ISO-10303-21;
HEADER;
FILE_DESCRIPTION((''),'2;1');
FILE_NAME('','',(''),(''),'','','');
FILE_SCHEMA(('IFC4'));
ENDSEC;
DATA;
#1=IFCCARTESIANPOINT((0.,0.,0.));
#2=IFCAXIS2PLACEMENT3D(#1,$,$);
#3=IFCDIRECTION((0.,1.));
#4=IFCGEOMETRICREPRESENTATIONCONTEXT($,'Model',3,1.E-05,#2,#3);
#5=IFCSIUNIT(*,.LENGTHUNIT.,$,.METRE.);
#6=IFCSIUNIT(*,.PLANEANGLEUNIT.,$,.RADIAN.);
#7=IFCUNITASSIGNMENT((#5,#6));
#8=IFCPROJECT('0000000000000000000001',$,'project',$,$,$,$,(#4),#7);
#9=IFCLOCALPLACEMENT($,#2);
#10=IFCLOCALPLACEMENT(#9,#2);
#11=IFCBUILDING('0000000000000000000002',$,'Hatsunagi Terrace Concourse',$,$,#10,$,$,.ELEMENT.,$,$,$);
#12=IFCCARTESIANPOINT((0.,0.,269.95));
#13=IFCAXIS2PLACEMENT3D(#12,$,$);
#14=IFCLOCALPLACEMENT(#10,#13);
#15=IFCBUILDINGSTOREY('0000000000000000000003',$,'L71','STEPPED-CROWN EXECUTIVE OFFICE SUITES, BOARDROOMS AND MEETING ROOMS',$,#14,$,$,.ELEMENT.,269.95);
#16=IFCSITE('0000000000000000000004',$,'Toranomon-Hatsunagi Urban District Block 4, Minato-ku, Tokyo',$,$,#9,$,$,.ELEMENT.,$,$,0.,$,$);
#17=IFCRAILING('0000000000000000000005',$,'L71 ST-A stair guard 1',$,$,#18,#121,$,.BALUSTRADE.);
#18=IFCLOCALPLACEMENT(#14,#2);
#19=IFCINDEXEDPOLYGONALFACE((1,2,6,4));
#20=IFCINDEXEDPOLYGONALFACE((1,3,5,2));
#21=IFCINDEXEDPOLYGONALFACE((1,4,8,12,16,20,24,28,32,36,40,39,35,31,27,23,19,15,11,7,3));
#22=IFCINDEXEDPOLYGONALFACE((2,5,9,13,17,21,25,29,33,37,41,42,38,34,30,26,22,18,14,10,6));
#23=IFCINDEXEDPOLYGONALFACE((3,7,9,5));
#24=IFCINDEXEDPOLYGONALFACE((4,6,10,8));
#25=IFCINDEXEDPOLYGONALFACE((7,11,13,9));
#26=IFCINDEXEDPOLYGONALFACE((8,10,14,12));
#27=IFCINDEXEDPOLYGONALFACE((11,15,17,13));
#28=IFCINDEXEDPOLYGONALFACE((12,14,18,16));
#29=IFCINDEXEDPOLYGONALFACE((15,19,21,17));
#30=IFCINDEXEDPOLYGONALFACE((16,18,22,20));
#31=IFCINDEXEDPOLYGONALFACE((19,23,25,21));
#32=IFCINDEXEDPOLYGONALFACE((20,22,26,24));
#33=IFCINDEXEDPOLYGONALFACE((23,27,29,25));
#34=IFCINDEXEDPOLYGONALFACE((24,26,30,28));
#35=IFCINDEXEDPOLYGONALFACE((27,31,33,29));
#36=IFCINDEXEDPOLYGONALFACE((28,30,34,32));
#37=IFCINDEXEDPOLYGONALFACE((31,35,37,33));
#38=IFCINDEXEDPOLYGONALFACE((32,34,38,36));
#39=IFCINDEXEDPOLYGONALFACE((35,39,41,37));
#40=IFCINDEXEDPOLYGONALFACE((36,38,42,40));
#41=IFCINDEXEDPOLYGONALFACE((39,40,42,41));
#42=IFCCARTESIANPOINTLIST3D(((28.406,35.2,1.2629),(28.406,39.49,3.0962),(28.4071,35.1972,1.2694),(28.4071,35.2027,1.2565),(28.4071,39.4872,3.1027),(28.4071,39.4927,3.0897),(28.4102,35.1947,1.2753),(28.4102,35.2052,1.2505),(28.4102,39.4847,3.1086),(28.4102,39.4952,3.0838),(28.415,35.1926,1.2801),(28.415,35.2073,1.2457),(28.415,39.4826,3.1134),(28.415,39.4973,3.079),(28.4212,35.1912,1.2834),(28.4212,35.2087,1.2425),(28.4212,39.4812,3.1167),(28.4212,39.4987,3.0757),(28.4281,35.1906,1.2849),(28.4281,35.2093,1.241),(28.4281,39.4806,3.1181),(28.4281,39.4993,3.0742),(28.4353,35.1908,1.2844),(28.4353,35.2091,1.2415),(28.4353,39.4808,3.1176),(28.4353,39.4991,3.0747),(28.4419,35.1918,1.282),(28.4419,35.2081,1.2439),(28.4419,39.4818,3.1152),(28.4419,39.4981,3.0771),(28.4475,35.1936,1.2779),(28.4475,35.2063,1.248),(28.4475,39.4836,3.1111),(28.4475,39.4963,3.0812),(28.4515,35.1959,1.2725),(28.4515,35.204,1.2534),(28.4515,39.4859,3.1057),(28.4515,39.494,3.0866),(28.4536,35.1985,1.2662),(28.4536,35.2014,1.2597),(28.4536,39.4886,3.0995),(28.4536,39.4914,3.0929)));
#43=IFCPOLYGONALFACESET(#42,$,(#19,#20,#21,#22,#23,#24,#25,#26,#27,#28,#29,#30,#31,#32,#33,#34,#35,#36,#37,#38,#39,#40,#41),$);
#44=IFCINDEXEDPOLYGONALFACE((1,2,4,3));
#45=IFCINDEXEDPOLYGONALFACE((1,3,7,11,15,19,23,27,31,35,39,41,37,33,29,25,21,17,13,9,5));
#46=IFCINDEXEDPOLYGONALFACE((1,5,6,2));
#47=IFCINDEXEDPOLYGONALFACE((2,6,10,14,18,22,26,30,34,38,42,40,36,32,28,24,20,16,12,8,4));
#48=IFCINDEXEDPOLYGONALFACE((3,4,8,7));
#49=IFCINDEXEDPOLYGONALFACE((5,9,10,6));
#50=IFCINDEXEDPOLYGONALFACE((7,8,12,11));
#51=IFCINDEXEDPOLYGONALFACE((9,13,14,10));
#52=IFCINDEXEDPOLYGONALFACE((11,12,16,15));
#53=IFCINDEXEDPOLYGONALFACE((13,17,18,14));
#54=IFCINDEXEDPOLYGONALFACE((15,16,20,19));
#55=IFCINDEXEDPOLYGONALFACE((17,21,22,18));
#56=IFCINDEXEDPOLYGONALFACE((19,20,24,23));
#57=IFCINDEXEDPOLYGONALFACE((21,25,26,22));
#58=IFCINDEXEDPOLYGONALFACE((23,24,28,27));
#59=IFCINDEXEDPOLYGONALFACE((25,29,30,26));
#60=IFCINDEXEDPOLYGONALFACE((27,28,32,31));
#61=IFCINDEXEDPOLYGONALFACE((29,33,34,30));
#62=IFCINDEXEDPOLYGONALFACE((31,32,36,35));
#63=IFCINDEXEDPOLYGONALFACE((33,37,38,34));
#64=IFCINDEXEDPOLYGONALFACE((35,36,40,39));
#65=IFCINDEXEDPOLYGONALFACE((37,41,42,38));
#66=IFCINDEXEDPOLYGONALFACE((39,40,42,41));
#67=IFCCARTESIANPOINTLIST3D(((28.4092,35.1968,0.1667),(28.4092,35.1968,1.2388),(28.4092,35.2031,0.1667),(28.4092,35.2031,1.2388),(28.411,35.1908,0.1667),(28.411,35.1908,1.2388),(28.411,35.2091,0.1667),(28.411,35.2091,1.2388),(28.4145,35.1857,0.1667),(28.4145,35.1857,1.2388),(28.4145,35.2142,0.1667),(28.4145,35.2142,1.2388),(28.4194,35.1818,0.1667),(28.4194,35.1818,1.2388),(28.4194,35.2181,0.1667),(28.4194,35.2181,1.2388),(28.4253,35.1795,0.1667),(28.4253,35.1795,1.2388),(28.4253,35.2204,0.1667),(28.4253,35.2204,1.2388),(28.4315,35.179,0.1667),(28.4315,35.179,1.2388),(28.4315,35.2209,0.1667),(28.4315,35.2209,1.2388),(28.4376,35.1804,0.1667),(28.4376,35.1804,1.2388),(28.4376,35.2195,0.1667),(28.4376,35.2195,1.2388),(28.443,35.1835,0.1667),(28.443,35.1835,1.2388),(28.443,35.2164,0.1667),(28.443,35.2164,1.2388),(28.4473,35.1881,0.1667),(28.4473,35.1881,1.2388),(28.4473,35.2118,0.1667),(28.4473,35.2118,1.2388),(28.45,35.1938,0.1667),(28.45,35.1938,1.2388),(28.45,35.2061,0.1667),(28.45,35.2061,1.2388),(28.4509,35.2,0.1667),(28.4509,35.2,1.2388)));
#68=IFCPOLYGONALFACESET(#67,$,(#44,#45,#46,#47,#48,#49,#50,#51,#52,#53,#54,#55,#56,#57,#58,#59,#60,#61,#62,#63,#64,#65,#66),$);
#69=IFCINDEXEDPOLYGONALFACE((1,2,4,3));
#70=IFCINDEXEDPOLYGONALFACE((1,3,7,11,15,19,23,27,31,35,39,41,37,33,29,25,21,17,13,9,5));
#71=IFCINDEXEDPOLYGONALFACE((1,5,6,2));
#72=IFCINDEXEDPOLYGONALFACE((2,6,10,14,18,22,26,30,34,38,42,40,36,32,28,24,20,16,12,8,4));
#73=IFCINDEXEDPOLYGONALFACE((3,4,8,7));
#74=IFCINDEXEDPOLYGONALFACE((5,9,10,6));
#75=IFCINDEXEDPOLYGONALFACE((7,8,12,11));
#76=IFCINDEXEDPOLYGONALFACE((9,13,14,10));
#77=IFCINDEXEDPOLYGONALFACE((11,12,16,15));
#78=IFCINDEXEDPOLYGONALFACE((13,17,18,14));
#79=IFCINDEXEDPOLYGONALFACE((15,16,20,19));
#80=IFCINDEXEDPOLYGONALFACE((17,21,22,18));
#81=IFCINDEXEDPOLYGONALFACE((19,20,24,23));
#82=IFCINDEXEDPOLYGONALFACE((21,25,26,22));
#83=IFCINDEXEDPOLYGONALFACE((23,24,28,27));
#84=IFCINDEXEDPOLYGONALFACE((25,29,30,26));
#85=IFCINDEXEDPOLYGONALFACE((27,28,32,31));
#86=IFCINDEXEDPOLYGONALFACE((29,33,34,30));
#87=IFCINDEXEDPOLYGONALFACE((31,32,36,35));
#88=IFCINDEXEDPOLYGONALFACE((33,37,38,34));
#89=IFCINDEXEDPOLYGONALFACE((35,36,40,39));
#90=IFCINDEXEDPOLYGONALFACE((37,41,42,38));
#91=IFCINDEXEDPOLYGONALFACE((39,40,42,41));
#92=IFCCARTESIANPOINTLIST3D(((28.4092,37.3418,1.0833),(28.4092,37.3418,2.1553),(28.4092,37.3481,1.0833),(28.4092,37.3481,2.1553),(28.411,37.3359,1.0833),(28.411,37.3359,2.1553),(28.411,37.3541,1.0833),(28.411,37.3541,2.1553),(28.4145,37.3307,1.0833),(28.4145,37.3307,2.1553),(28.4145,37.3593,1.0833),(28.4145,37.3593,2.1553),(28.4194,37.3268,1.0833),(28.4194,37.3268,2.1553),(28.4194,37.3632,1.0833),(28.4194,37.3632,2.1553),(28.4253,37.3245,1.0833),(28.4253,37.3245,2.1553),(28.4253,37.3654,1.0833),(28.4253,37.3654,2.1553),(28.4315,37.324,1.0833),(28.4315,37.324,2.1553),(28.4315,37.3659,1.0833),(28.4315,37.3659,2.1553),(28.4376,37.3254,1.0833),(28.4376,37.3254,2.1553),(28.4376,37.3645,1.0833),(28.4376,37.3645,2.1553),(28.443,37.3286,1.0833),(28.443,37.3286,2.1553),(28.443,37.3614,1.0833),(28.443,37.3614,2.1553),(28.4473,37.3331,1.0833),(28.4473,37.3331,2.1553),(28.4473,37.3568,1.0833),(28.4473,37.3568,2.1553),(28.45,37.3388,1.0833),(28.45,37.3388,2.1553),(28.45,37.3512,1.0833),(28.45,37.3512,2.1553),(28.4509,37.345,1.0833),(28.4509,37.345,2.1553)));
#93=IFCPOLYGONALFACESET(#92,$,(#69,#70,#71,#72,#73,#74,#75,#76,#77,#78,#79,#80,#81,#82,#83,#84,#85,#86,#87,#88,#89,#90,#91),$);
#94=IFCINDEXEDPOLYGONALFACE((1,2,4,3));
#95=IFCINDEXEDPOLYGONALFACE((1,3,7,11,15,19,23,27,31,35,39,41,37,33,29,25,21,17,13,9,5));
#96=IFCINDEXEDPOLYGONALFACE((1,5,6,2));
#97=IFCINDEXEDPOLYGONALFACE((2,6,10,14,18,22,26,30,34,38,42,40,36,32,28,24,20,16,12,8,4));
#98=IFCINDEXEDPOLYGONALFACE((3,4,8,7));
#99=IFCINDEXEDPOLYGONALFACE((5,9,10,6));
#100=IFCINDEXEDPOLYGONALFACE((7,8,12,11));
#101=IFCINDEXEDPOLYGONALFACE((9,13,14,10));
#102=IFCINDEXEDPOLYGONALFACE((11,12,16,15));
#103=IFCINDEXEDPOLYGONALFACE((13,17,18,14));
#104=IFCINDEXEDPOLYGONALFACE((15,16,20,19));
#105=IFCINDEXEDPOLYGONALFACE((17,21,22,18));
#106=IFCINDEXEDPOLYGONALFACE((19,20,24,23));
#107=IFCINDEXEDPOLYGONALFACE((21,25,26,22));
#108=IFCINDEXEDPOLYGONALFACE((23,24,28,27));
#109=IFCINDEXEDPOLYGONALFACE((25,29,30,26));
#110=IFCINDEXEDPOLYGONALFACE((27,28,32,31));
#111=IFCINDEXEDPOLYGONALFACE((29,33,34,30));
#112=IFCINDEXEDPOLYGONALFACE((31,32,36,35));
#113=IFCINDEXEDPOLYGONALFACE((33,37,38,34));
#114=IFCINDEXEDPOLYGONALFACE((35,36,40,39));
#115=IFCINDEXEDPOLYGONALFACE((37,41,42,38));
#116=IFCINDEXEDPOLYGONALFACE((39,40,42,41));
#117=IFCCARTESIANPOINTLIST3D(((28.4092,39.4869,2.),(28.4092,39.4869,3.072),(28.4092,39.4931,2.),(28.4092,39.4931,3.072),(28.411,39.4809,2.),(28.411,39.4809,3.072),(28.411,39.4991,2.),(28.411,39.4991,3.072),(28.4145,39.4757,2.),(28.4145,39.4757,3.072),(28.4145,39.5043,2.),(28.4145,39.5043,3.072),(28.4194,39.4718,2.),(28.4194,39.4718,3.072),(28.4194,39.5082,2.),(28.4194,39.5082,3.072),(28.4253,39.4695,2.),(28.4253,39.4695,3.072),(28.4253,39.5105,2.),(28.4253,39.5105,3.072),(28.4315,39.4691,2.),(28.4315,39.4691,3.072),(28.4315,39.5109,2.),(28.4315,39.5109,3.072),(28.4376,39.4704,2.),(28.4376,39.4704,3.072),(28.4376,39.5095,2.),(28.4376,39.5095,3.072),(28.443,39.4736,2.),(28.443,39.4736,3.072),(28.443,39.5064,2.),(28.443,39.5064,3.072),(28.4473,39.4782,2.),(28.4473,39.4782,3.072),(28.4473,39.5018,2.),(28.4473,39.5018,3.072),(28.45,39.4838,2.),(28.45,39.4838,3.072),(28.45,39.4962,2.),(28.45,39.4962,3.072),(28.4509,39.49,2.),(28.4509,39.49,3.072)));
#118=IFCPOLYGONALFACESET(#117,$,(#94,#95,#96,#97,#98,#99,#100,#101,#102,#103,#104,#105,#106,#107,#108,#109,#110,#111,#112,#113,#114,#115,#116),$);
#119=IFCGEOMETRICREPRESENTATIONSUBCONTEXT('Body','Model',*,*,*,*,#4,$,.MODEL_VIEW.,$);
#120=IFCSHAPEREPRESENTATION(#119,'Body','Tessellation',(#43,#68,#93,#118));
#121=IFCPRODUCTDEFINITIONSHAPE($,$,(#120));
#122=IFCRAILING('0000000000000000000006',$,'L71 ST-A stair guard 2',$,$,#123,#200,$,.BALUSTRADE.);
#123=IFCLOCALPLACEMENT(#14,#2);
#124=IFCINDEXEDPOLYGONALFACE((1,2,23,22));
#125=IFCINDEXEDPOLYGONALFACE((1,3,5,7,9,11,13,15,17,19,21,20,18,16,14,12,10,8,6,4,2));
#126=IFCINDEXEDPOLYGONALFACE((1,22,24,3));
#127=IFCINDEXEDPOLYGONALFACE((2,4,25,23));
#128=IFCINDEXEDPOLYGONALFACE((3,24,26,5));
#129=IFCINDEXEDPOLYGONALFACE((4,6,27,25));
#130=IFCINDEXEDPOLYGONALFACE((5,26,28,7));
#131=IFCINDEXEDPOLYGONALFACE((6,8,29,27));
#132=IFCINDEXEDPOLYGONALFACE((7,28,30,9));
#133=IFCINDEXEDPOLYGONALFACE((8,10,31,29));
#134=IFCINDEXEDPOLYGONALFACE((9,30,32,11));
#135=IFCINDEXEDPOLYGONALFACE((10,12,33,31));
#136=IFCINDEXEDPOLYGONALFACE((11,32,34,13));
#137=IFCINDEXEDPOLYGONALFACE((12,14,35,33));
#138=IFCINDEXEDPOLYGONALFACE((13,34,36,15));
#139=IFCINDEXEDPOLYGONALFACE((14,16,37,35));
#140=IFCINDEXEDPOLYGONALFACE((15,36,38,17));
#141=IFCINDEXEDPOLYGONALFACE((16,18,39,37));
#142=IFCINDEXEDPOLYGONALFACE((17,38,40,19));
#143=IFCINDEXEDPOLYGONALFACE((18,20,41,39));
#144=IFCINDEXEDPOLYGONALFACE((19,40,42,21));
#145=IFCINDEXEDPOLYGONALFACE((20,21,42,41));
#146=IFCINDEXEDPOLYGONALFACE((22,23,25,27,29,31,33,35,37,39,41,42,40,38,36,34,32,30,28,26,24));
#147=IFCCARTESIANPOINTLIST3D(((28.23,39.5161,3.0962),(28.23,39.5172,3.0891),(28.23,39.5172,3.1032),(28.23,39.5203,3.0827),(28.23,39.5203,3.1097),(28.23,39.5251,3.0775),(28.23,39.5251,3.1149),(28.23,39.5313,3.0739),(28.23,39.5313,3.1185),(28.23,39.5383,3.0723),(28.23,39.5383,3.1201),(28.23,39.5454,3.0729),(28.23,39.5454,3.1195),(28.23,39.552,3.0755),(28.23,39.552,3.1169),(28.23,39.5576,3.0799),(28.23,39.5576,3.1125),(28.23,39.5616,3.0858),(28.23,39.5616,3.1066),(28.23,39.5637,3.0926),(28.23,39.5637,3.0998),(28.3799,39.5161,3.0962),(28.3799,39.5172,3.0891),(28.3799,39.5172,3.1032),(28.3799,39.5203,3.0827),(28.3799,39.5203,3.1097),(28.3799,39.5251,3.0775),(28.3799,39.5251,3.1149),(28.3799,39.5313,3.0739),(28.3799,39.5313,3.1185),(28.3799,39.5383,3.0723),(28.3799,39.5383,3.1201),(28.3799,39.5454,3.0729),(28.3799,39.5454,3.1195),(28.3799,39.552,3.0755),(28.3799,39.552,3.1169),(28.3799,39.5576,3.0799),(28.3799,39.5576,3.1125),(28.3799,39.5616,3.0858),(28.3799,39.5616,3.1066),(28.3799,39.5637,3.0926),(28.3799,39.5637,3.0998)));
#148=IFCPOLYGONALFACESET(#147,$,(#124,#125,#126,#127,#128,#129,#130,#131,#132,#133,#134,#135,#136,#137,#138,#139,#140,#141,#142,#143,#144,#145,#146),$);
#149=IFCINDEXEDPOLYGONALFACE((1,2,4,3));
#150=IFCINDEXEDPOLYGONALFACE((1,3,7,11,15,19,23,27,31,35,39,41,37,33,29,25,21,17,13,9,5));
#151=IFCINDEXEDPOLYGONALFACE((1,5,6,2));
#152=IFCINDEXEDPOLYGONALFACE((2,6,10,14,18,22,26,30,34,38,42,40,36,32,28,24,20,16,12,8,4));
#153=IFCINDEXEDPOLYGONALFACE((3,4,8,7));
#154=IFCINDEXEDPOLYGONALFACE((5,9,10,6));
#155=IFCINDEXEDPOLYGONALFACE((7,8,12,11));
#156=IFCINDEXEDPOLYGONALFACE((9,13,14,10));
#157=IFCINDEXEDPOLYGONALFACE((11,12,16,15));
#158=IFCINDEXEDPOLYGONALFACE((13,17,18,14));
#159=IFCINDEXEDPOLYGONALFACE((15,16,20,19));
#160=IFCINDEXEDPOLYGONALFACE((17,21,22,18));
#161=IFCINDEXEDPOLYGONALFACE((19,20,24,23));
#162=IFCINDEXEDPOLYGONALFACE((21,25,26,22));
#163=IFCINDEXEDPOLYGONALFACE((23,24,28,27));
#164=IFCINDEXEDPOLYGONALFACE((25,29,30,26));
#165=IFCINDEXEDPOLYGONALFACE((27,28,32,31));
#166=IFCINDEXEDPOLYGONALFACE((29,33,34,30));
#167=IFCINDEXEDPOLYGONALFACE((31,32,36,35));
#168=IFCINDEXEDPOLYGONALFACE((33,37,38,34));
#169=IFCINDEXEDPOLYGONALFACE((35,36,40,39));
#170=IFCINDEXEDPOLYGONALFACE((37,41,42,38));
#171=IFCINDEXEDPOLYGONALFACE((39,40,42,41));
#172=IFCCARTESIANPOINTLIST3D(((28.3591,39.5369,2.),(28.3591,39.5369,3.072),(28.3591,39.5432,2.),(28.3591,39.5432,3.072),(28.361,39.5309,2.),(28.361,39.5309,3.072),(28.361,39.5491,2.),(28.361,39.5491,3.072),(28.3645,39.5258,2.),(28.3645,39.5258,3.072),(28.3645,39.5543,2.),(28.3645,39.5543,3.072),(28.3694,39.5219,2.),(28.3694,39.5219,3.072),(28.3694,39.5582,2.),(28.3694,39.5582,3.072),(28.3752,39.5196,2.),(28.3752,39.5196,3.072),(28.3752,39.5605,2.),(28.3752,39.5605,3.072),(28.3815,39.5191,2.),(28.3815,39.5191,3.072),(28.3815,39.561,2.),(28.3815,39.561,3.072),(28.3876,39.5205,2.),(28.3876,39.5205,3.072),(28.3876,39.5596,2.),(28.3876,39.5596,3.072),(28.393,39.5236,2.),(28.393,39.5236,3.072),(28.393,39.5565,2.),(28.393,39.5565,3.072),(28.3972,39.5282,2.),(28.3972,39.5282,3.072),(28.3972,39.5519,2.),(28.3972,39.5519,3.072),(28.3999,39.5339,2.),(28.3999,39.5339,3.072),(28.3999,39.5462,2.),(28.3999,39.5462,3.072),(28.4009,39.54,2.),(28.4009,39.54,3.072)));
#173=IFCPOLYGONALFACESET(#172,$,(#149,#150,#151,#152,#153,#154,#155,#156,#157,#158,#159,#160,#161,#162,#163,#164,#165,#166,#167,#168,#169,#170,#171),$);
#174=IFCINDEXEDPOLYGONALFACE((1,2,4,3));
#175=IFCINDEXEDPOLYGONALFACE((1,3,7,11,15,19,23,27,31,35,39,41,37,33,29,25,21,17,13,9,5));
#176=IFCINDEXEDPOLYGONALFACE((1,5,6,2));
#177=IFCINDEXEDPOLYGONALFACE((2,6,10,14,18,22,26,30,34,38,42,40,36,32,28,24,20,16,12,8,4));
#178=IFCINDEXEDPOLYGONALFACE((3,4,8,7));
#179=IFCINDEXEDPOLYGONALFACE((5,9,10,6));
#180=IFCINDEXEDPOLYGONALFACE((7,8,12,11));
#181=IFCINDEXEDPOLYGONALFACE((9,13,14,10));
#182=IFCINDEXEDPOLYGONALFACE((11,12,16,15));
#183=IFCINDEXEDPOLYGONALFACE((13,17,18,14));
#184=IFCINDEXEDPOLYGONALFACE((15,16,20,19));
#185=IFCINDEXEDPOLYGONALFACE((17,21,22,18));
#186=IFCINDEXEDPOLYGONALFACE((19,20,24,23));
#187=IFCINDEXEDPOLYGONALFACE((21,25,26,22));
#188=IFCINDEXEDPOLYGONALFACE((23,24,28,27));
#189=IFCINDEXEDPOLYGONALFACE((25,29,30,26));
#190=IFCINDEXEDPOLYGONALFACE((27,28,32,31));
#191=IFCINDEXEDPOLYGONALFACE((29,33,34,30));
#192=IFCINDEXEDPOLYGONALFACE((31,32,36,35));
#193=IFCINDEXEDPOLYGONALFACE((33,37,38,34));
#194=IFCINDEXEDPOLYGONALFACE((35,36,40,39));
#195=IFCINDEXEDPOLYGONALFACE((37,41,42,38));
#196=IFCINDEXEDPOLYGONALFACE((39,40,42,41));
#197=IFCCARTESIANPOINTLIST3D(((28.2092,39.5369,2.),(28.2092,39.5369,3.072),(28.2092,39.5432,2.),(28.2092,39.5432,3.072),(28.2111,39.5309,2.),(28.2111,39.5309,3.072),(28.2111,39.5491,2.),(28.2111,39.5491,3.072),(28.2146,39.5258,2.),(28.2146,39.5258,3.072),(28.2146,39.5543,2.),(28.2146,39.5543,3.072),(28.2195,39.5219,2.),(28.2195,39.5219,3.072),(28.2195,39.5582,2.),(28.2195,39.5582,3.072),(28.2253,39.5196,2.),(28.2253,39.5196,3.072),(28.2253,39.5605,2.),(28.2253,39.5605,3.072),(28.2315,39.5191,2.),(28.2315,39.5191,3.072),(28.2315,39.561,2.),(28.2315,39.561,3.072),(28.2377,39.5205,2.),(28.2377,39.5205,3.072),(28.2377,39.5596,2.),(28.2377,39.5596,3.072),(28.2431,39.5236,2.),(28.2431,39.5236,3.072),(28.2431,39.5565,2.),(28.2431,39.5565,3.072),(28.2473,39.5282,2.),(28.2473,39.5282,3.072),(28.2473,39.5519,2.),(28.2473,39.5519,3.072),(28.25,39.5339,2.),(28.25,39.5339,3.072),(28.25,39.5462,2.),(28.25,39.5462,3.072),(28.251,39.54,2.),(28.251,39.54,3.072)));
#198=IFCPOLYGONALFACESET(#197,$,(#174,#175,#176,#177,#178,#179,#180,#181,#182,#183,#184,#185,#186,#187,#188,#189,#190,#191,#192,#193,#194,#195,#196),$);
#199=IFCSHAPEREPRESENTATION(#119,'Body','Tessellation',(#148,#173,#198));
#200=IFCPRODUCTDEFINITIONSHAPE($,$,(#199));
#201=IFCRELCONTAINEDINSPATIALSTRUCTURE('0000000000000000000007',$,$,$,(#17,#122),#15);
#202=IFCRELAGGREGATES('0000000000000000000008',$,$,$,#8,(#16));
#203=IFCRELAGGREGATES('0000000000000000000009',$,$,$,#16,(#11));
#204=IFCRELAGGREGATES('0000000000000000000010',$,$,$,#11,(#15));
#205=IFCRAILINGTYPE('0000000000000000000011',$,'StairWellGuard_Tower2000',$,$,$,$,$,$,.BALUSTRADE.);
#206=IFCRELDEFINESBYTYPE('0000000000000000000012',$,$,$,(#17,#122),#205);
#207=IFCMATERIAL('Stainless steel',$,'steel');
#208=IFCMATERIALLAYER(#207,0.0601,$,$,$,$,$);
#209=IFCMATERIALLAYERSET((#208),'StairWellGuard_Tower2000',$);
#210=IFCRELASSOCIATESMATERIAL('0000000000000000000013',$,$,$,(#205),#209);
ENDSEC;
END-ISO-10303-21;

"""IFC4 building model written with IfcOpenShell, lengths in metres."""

from ifc_helpers import new_model, si_unit, direction, frame, origin, origin_2d, place, context, subcontext, project, spatial, circle, extrude, material, layer, layer_set, type_object, element, save


model = new_model("IFC4")

# Units and contexts
model_context = context("Model", 3, precision=1e-05, world=origin(), true_north=direction((0.0, 1.0)))
body_context = subcontext(model_context, "Body", "Model", "MODEL_VIEW")
ifc_project = project(units=[si_unit("LENGTHUNIT", "METRE"), si_unit("PLANEANGLEUNIT", "RADIAN")], contexts=[model_context])

# Site, building, storey
site_placement = place(None, origin())
site = spatial("IfcSite", under=ifc_project, at=site_placement, Name="Toranomon-Hatsunagi Urban District Block 4, Minato-ku, Tokyo", CompositionType="ELEMENT", RefElevation=0.0)
building_placement = place(site_placement, origin())
building = spatial("IfcBuilding", under=site, at=building_placement, Name="Hatsunagi Terrace Concourse", CompositionType="ELEMENT")
storey_placement = place(building_placement, frame((0.0, 0.0, 269.95)))
storey = spatial("IfcBuildingStorey", under=building, at=storey_placement, Name="L71", Description="STEPPED-CROWN EXECUTIVE OFFICE SUITES, BOARDROOMS AND MEETING ROOMS", CompositionType="ELEMENT", Elevation=269.95)

# Railings
ifc_material_1 = material(Name="Stainless steel", Category="steel")
ifc_layer_1 = layer(ifc_material_1, 0.0601)
ifc_layer_set_1 = layer_set([ifc_layer_1], Name="StairWellGuard_Tower2000")
railing_type_1 = type_object("IfcRailingType", Name="StairWellGuard_Tower2000", PredefinedType="BALUSTRADE", material=ifc_layer_set_1)
railing_1_placement = place(storey_placement, frame((28.4299, 35.2, 0.1667)))
element("IfcRailing", 1, at=railing_1_placement, inside=storey, type_object=railing_type_1, Name="L71 ST-A stair guard 1", PredefinedType="BALUSTRADE", context=body_context, shape_type="SweptSolid", body=[
    extrude(circle(Radius=0.0239, at=origin_2d()), frame((0.0, 0.0, 1.0962), z_axis=(0.0, 0.919559, 0.392953), x_axis=(-1.0, 0.0, 0.0)), (0.0, 0.0, 1.0), 4.6653),
    extrude(circle(Radius=0.021, at=origin_2d()), origin(), (0.0, 0.0, 1.0), 1.072),
    extrude(circle(Radius=0.021, at=origin_2d()), frame((0.0, 2.145, 0.9165)), (0.0, 0.0, 1.0), 1.072),
    extrude(circle(Radius=0.021, at=origin_2d()), frame((0.0, 4.29, 1.8333)), (0.0, 0.0, 1.0), 1.072),
])
railing_2_placement = place(storey_placement, frame((28.3799, 39.54, 2.0)))
element("IfcRailing", 2, at=railing_2_placement, inside=storey, type_object=railing_type_1, Name="L71 ST-A stair guard 2", PredefinedType="BALUSTRADE", context=body_context, shape_type="SweptSolid", body=[
    extrude(circle(Radius=0.0239, at=origin_2d()), frame((0.0, 0.0, 1.0962), z_axis=(-1.0, 0.0, 0.0), x_axis=(0.0, -1.0, 0.0)), (0.0, 0.0, 1.0), 0.1499),
    extrude(circle(Radius=0.021, at=origin_2d()), origin(), (0.0, 0.0, 1.0), 1.072),
    extrude(circle(Radius=0.021, at=origin_2d()), frame((-0.1499, 0.0, 0.0)), (0.0, 0.0, 1.0), 1.072),
])

save(model, "model.ifc")
